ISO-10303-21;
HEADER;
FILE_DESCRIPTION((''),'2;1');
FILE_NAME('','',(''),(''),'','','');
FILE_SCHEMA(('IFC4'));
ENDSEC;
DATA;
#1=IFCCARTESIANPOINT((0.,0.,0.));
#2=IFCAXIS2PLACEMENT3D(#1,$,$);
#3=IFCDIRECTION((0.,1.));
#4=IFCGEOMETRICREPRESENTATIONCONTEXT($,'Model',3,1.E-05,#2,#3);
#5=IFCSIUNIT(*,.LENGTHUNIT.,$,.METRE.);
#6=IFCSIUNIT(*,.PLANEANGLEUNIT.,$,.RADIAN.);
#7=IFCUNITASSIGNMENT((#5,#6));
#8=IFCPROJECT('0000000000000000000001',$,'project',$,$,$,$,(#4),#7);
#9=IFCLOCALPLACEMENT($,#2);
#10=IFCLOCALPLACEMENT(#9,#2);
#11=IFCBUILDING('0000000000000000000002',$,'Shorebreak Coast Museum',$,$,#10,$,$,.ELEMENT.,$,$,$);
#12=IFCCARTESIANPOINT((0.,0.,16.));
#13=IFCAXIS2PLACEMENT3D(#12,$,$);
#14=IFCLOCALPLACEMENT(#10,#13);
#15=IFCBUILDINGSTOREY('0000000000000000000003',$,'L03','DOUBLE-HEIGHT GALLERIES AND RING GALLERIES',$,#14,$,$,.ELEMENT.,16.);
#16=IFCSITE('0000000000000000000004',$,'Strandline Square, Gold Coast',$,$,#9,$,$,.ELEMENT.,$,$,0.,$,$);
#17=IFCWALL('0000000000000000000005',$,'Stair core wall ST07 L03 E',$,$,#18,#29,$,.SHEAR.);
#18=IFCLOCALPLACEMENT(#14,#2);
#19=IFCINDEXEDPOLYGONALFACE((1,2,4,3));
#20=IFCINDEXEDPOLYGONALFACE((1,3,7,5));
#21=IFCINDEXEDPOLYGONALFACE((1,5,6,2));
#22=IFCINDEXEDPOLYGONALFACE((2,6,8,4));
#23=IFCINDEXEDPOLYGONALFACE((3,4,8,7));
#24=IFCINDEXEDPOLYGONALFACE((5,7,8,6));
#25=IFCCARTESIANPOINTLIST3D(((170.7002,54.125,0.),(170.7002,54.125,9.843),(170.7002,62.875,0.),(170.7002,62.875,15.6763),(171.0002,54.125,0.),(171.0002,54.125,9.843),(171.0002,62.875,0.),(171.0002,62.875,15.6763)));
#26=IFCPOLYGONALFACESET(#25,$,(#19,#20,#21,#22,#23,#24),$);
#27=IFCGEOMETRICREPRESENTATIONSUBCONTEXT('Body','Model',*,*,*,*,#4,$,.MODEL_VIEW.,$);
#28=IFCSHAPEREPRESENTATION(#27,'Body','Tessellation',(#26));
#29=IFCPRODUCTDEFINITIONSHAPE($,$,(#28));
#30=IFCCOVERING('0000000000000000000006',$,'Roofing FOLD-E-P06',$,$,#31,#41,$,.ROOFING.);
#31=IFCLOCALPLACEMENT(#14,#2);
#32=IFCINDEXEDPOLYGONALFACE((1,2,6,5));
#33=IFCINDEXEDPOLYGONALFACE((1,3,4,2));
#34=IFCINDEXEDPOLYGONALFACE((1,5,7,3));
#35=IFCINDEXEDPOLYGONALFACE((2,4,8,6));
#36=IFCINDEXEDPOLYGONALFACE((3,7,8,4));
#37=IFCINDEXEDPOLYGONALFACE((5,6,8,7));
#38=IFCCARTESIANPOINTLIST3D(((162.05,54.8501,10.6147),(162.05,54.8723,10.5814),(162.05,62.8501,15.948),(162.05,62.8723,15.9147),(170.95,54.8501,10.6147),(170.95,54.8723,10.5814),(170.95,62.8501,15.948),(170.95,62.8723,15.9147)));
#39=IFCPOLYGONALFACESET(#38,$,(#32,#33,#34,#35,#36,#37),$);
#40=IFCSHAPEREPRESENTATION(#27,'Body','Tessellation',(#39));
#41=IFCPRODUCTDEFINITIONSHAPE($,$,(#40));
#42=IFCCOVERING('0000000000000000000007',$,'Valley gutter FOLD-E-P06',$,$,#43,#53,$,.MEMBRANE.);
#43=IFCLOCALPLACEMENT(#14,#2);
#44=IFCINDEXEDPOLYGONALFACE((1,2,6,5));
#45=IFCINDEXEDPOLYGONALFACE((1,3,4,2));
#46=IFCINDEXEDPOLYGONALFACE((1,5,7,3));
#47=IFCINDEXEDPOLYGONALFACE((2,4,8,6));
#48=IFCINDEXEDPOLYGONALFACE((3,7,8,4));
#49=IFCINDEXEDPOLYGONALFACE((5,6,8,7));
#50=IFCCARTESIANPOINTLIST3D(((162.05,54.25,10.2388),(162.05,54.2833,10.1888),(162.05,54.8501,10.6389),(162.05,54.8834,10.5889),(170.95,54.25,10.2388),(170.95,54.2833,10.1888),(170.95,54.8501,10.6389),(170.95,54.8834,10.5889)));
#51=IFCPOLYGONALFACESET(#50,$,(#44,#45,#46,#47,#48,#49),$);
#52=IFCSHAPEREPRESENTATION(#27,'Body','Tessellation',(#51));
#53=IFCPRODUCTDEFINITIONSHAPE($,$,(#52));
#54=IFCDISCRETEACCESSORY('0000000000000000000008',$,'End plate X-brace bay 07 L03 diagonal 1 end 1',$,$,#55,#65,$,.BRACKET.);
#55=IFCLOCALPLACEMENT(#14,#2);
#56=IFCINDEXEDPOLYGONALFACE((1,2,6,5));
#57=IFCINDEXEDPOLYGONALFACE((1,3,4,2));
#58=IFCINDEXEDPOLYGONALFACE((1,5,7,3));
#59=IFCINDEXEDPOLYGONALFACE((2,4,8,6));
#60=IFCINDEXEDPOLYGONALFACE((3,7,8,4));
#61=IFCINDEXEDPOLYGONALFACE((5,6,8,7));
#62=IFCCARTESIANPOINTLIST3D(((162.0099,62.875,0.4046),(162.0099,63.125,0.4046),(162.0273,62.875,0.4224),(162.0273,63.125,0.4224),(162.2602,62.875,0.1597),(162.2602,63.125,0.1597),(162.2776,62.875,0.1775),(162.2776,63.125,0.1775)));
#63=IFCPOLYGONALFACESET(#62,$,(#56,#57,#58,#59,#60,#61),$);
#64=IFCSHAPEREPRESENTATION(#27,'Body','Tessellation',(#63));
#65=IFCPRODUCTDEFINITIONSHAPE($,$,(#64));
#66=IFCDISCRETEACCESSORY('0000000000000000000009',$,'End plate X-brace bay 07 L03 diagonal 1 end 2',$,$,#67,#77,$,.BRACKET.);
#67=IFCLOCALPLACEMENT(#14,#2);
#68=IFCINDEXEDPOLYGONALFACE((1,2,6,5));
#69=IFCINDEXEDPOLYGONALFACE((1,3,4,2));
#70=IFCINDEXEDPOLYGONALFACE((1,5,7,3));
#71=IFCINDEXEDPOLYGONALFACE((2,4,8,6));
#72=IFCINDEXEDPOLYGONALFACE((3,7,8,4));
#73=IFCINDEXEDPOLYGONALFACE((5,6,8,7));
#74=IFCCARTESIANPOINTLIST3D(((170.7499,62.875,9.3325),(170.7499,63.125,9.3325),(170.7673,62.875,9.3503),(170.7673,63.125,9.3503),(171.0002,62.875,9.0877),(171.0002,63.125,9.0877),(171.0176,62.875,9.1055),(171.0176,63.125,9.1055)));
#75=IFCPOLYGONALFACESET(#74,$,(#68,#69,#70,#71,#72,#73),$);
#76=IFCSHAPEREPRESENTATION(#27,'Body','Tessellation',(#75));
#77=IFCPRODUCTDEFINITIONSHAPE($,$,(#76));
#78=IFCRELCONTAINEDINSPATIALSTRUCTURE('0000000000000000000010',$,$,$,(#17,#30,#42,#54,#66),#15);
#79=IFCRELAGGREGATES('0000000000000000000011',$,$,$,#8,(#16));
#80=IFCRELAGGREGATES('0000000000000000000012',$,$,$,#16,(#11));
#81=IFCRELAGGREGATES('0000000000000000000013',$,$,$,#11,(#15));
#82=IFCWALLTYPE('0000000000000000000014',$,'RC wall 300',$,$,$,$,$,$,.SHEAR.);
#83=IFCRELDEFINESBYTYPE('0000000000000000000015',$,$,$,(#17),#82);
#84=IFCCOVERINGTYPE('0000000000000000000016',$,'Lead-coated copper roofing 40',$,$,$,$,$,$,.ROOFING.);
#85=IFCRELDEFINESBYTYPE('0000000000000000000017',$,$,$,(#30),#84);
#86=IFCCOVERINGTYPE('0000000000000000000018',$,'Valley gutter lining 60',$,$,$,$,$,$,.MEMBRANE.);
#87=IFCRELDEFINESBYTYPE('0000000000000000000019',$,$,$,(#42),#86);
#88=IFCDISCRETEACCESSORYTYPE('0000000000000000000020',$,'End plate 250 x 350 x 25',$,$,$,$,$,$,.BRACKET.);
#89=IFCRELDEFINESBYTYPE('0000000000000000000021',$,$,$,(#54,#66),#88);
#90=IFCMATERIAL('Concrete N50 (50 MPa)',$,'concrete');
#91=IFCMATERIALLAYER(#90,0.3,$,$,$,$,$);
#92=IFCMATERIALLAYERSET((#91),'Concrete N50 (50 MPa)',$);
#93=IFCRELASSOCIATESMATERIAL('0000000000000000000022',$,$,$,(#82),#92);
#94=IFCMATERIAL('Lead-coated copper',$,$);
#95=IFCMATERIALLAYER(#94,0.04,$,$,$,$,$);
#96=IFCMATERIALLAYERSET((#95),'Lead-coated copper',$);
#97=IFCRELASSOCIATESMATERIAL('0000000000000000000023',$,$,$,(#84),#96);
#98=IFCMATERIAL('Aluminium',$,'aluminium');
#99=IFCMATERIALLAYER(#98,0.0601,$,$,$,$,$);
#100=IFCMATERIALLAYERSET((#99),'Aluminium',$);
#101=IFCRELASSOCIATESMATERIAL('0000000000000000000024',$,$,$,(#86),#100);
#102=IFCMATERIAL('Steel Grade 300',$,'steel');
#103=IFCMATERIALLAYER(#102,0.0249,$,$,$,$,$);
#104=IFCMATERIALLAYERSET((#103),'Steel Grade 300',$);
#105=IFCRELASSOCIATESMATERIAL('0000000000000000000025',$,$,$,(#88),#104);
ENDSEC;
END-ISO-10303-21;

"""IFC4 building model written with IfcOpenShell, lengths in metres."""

from ifc_helpers import new_model, si_unit, direction, frame, origin, place, context, subcontext, project, spatial, polyline, outline, extrude, material, layer, layer_set, type_object, element, save


model = new_model("IFC4")

# Units and contexts
model_context = context("Model", 3, precision=1e-05, world=origin(), true_north=direction((0.0, 1.0)))
body_context = subcontext(model_context, "Body", "Model", "MODEL_VIEW")
ifc_project = project(units=[si_unit("LENGTHUNIT", "METRE"), si_unit("PLANEANGLEUNIT", "RADIAN")], contexts=[model_context])

# Site, building, storey
site_placement = place(None, origin())
site = spatial("IfcSite", under=ifc_project, at=site_placement, Name="Strandline Square, Gold Coast", CompositionType="ELEMENT", RefElevation=0.0)
building_placement = place(site_placement, origin())
building = spatial("IfcBuilding", under=site, at=building_placement, Name="Shorebreak Coast Museum", CompositionType="ELEMENT")
storey_placement = place(building_placement, frame((0.0, 0.0, 16.0)))
storey = spatial("IfcBuildingStorey", under=building, at=storey_placement, Name="L03", Description="DOUBLE-HEIGHT GALLERIES AND RING GALLERIES", CompositionType="ELEMENT", Elevation=16.0)

# Shared definitions
ifc_material_1 = material(Name="Concrete N50 (50 MPa)", Category="concrete")
ifc_layer_1 = layer(ifc_material_1, 0.3)
ifc_layer_set_1 = layer_set([ifc_layer_1], Name="Concrete N50 (50 MPa)")
wall_type_1 = type_object("IfcWallType", Name="RC wall 300", PredefinedType="SHEAR", material=ifc_layer_set_1)

# Wall
wall_1_placement = place(storey_placement, frame((170.8501, 54.125, 0.0), z_axis=(0.0, 0.0, 1.0), x_axis=(0.0, 1.0, 0.0)))
element("IfcWall", 1, at=wall_1_placement, inside=storey, type_object=wall_type_1, Name="Stair core wall ST07 L03 E", PredefinedType="SHEAR", context=body_context, shape_type="SweptSolid", body=[
    extrude(outline(polyline([(0.0, 0.0), (8.75, 0.0), (8.75, 15.6763), (0.0, 9.843), (0.0, 0.0)])), frame((0.0, 0.1499, 0.0), z_axis=(0.0, -1.0, 0.0), x_axis=(1.0, 0.0, 0.0)), (0.0, 0.0, 1.0), 0.3),
])

# Coverings
ifc_material_2 = material(Name="Lead-coated copper")
ifc_layer_2 = layer(ifc_material_2, 0.04)
ifc_layer_set_2 = layer_set([ifc_layer_2], Name="Lead-coated copper")
covering_type_1 = type_object("IfcCoveringType", Name="Lead-coated copper roofing 40", PredefinedType="ROOFING", material=ifc_layer_set_2)
covering_1_placement = place(storey_placement, frame((162.05, 54.8501, 10.6147), z_axis=(0.0, -0.554694, 0.832054), x_axis=(1.0, 0.0, 0.0)))
element("IfcCovering", 2, at=covering_1_placement, inside=storey, type_object=covering_type_1, Name="Roofing FOLD-E-P06", PredefinedType="ROOFING", context=body_context, shape_type="SweptSolid", body=[
    extrude(outline(polyline([(0.0, 0.0), (8.8999, 0.0), (8.8999, 9.6148), (0.0, 9.6148), (0.0, 0.0)])), origin(), (0.0, 0.0, -1.0), 0.04),
])
ifc_material_3 = material(Name="Aluminium", Category="aluminium")
ifc_layer_3 = layer(ifc_material_3, 0.0601)
ifc_layer_set_3 = layer_set([ifc_layer_3], Name="Aluminium")
covering_type_2 = type_object("IfcCoveringType", Name="Valley gutter lining 60", PredefinedType="MEMBRANE", material=ifc_layer_set_3)
covering_2_placement = place(storey_placement, frame((162.05, 54.25, 10.2388), z_axis=(0.0, -0.554778, 0.831998), x_axis=(1.0, 0.0, 0.0)))
element("IfcCovering", 3, at=covering_2_placement, inside=storey, type_object=covering_type_2, Name="Valley gutter FOLD-E-P06", PredefinedType="MEMBRANE", context=body_context, shape_type="SweptSolid", body=[
    extrude(outline(polyline([(0.0, 0.0), (8.8999, 0.0), (8.8999, 0.7213), (0.0, 0.7213), (0.0, 0.0)])), origin(), (0.0, 0.0, -1.0), 0.0601),
])

# Discrete accessories
ifc_material_4 = material(Name="Steel Grade 300", Category="steel")
ifc_layer_4 = layer(ifc_material_4, 0.0249)
ifc_layer_set_4 = layer_set([ifc_layer_4], Name="Steel Grade 300")
discrete_accessory_type = type_object("IfcDiscreteAccessoryType", Name="End plate 250 x 350 x 25", PredefinedType="BRACKET", material=ifc_layer_set_4)
for number, where, z_axis, x_axis, name in (
    (4, (162.2776, 62.875, 0.1775), (0.699395, 0.0, 0.714736), (0.0, 1.0, 0.0), "End plate X-brace bay 07 L03 diagonal 1 end 1"),
    (5, (171.0176, 62.875, 9.1055), (0.699395, 0.0, 0.714736), (0.0, 1.0, 0.0), "End plate X-brace bay 07 L03 diagonal 1 end 2"),
):
    element("IfcDiscreteAccessory", number, at=place(storey_placement, frame(where, z_axis=z_axis, x_axis=x_axis)), inside=storey, type_object=discrete_accessory_type, Name=name, PredefinedType="BRACKET", context=body_context, shape_type="SweptSolid", body=[
        extrude(outline(polyline([(0.0, 0.0), (0.25, 0.0), (0.25, 0.3501), (0.0, 0.3501), (0.0, 0.0)])), origin(), (0.0, 0.0, -1.0), 0.0249),
    ])

save(model, "model.ifc")
